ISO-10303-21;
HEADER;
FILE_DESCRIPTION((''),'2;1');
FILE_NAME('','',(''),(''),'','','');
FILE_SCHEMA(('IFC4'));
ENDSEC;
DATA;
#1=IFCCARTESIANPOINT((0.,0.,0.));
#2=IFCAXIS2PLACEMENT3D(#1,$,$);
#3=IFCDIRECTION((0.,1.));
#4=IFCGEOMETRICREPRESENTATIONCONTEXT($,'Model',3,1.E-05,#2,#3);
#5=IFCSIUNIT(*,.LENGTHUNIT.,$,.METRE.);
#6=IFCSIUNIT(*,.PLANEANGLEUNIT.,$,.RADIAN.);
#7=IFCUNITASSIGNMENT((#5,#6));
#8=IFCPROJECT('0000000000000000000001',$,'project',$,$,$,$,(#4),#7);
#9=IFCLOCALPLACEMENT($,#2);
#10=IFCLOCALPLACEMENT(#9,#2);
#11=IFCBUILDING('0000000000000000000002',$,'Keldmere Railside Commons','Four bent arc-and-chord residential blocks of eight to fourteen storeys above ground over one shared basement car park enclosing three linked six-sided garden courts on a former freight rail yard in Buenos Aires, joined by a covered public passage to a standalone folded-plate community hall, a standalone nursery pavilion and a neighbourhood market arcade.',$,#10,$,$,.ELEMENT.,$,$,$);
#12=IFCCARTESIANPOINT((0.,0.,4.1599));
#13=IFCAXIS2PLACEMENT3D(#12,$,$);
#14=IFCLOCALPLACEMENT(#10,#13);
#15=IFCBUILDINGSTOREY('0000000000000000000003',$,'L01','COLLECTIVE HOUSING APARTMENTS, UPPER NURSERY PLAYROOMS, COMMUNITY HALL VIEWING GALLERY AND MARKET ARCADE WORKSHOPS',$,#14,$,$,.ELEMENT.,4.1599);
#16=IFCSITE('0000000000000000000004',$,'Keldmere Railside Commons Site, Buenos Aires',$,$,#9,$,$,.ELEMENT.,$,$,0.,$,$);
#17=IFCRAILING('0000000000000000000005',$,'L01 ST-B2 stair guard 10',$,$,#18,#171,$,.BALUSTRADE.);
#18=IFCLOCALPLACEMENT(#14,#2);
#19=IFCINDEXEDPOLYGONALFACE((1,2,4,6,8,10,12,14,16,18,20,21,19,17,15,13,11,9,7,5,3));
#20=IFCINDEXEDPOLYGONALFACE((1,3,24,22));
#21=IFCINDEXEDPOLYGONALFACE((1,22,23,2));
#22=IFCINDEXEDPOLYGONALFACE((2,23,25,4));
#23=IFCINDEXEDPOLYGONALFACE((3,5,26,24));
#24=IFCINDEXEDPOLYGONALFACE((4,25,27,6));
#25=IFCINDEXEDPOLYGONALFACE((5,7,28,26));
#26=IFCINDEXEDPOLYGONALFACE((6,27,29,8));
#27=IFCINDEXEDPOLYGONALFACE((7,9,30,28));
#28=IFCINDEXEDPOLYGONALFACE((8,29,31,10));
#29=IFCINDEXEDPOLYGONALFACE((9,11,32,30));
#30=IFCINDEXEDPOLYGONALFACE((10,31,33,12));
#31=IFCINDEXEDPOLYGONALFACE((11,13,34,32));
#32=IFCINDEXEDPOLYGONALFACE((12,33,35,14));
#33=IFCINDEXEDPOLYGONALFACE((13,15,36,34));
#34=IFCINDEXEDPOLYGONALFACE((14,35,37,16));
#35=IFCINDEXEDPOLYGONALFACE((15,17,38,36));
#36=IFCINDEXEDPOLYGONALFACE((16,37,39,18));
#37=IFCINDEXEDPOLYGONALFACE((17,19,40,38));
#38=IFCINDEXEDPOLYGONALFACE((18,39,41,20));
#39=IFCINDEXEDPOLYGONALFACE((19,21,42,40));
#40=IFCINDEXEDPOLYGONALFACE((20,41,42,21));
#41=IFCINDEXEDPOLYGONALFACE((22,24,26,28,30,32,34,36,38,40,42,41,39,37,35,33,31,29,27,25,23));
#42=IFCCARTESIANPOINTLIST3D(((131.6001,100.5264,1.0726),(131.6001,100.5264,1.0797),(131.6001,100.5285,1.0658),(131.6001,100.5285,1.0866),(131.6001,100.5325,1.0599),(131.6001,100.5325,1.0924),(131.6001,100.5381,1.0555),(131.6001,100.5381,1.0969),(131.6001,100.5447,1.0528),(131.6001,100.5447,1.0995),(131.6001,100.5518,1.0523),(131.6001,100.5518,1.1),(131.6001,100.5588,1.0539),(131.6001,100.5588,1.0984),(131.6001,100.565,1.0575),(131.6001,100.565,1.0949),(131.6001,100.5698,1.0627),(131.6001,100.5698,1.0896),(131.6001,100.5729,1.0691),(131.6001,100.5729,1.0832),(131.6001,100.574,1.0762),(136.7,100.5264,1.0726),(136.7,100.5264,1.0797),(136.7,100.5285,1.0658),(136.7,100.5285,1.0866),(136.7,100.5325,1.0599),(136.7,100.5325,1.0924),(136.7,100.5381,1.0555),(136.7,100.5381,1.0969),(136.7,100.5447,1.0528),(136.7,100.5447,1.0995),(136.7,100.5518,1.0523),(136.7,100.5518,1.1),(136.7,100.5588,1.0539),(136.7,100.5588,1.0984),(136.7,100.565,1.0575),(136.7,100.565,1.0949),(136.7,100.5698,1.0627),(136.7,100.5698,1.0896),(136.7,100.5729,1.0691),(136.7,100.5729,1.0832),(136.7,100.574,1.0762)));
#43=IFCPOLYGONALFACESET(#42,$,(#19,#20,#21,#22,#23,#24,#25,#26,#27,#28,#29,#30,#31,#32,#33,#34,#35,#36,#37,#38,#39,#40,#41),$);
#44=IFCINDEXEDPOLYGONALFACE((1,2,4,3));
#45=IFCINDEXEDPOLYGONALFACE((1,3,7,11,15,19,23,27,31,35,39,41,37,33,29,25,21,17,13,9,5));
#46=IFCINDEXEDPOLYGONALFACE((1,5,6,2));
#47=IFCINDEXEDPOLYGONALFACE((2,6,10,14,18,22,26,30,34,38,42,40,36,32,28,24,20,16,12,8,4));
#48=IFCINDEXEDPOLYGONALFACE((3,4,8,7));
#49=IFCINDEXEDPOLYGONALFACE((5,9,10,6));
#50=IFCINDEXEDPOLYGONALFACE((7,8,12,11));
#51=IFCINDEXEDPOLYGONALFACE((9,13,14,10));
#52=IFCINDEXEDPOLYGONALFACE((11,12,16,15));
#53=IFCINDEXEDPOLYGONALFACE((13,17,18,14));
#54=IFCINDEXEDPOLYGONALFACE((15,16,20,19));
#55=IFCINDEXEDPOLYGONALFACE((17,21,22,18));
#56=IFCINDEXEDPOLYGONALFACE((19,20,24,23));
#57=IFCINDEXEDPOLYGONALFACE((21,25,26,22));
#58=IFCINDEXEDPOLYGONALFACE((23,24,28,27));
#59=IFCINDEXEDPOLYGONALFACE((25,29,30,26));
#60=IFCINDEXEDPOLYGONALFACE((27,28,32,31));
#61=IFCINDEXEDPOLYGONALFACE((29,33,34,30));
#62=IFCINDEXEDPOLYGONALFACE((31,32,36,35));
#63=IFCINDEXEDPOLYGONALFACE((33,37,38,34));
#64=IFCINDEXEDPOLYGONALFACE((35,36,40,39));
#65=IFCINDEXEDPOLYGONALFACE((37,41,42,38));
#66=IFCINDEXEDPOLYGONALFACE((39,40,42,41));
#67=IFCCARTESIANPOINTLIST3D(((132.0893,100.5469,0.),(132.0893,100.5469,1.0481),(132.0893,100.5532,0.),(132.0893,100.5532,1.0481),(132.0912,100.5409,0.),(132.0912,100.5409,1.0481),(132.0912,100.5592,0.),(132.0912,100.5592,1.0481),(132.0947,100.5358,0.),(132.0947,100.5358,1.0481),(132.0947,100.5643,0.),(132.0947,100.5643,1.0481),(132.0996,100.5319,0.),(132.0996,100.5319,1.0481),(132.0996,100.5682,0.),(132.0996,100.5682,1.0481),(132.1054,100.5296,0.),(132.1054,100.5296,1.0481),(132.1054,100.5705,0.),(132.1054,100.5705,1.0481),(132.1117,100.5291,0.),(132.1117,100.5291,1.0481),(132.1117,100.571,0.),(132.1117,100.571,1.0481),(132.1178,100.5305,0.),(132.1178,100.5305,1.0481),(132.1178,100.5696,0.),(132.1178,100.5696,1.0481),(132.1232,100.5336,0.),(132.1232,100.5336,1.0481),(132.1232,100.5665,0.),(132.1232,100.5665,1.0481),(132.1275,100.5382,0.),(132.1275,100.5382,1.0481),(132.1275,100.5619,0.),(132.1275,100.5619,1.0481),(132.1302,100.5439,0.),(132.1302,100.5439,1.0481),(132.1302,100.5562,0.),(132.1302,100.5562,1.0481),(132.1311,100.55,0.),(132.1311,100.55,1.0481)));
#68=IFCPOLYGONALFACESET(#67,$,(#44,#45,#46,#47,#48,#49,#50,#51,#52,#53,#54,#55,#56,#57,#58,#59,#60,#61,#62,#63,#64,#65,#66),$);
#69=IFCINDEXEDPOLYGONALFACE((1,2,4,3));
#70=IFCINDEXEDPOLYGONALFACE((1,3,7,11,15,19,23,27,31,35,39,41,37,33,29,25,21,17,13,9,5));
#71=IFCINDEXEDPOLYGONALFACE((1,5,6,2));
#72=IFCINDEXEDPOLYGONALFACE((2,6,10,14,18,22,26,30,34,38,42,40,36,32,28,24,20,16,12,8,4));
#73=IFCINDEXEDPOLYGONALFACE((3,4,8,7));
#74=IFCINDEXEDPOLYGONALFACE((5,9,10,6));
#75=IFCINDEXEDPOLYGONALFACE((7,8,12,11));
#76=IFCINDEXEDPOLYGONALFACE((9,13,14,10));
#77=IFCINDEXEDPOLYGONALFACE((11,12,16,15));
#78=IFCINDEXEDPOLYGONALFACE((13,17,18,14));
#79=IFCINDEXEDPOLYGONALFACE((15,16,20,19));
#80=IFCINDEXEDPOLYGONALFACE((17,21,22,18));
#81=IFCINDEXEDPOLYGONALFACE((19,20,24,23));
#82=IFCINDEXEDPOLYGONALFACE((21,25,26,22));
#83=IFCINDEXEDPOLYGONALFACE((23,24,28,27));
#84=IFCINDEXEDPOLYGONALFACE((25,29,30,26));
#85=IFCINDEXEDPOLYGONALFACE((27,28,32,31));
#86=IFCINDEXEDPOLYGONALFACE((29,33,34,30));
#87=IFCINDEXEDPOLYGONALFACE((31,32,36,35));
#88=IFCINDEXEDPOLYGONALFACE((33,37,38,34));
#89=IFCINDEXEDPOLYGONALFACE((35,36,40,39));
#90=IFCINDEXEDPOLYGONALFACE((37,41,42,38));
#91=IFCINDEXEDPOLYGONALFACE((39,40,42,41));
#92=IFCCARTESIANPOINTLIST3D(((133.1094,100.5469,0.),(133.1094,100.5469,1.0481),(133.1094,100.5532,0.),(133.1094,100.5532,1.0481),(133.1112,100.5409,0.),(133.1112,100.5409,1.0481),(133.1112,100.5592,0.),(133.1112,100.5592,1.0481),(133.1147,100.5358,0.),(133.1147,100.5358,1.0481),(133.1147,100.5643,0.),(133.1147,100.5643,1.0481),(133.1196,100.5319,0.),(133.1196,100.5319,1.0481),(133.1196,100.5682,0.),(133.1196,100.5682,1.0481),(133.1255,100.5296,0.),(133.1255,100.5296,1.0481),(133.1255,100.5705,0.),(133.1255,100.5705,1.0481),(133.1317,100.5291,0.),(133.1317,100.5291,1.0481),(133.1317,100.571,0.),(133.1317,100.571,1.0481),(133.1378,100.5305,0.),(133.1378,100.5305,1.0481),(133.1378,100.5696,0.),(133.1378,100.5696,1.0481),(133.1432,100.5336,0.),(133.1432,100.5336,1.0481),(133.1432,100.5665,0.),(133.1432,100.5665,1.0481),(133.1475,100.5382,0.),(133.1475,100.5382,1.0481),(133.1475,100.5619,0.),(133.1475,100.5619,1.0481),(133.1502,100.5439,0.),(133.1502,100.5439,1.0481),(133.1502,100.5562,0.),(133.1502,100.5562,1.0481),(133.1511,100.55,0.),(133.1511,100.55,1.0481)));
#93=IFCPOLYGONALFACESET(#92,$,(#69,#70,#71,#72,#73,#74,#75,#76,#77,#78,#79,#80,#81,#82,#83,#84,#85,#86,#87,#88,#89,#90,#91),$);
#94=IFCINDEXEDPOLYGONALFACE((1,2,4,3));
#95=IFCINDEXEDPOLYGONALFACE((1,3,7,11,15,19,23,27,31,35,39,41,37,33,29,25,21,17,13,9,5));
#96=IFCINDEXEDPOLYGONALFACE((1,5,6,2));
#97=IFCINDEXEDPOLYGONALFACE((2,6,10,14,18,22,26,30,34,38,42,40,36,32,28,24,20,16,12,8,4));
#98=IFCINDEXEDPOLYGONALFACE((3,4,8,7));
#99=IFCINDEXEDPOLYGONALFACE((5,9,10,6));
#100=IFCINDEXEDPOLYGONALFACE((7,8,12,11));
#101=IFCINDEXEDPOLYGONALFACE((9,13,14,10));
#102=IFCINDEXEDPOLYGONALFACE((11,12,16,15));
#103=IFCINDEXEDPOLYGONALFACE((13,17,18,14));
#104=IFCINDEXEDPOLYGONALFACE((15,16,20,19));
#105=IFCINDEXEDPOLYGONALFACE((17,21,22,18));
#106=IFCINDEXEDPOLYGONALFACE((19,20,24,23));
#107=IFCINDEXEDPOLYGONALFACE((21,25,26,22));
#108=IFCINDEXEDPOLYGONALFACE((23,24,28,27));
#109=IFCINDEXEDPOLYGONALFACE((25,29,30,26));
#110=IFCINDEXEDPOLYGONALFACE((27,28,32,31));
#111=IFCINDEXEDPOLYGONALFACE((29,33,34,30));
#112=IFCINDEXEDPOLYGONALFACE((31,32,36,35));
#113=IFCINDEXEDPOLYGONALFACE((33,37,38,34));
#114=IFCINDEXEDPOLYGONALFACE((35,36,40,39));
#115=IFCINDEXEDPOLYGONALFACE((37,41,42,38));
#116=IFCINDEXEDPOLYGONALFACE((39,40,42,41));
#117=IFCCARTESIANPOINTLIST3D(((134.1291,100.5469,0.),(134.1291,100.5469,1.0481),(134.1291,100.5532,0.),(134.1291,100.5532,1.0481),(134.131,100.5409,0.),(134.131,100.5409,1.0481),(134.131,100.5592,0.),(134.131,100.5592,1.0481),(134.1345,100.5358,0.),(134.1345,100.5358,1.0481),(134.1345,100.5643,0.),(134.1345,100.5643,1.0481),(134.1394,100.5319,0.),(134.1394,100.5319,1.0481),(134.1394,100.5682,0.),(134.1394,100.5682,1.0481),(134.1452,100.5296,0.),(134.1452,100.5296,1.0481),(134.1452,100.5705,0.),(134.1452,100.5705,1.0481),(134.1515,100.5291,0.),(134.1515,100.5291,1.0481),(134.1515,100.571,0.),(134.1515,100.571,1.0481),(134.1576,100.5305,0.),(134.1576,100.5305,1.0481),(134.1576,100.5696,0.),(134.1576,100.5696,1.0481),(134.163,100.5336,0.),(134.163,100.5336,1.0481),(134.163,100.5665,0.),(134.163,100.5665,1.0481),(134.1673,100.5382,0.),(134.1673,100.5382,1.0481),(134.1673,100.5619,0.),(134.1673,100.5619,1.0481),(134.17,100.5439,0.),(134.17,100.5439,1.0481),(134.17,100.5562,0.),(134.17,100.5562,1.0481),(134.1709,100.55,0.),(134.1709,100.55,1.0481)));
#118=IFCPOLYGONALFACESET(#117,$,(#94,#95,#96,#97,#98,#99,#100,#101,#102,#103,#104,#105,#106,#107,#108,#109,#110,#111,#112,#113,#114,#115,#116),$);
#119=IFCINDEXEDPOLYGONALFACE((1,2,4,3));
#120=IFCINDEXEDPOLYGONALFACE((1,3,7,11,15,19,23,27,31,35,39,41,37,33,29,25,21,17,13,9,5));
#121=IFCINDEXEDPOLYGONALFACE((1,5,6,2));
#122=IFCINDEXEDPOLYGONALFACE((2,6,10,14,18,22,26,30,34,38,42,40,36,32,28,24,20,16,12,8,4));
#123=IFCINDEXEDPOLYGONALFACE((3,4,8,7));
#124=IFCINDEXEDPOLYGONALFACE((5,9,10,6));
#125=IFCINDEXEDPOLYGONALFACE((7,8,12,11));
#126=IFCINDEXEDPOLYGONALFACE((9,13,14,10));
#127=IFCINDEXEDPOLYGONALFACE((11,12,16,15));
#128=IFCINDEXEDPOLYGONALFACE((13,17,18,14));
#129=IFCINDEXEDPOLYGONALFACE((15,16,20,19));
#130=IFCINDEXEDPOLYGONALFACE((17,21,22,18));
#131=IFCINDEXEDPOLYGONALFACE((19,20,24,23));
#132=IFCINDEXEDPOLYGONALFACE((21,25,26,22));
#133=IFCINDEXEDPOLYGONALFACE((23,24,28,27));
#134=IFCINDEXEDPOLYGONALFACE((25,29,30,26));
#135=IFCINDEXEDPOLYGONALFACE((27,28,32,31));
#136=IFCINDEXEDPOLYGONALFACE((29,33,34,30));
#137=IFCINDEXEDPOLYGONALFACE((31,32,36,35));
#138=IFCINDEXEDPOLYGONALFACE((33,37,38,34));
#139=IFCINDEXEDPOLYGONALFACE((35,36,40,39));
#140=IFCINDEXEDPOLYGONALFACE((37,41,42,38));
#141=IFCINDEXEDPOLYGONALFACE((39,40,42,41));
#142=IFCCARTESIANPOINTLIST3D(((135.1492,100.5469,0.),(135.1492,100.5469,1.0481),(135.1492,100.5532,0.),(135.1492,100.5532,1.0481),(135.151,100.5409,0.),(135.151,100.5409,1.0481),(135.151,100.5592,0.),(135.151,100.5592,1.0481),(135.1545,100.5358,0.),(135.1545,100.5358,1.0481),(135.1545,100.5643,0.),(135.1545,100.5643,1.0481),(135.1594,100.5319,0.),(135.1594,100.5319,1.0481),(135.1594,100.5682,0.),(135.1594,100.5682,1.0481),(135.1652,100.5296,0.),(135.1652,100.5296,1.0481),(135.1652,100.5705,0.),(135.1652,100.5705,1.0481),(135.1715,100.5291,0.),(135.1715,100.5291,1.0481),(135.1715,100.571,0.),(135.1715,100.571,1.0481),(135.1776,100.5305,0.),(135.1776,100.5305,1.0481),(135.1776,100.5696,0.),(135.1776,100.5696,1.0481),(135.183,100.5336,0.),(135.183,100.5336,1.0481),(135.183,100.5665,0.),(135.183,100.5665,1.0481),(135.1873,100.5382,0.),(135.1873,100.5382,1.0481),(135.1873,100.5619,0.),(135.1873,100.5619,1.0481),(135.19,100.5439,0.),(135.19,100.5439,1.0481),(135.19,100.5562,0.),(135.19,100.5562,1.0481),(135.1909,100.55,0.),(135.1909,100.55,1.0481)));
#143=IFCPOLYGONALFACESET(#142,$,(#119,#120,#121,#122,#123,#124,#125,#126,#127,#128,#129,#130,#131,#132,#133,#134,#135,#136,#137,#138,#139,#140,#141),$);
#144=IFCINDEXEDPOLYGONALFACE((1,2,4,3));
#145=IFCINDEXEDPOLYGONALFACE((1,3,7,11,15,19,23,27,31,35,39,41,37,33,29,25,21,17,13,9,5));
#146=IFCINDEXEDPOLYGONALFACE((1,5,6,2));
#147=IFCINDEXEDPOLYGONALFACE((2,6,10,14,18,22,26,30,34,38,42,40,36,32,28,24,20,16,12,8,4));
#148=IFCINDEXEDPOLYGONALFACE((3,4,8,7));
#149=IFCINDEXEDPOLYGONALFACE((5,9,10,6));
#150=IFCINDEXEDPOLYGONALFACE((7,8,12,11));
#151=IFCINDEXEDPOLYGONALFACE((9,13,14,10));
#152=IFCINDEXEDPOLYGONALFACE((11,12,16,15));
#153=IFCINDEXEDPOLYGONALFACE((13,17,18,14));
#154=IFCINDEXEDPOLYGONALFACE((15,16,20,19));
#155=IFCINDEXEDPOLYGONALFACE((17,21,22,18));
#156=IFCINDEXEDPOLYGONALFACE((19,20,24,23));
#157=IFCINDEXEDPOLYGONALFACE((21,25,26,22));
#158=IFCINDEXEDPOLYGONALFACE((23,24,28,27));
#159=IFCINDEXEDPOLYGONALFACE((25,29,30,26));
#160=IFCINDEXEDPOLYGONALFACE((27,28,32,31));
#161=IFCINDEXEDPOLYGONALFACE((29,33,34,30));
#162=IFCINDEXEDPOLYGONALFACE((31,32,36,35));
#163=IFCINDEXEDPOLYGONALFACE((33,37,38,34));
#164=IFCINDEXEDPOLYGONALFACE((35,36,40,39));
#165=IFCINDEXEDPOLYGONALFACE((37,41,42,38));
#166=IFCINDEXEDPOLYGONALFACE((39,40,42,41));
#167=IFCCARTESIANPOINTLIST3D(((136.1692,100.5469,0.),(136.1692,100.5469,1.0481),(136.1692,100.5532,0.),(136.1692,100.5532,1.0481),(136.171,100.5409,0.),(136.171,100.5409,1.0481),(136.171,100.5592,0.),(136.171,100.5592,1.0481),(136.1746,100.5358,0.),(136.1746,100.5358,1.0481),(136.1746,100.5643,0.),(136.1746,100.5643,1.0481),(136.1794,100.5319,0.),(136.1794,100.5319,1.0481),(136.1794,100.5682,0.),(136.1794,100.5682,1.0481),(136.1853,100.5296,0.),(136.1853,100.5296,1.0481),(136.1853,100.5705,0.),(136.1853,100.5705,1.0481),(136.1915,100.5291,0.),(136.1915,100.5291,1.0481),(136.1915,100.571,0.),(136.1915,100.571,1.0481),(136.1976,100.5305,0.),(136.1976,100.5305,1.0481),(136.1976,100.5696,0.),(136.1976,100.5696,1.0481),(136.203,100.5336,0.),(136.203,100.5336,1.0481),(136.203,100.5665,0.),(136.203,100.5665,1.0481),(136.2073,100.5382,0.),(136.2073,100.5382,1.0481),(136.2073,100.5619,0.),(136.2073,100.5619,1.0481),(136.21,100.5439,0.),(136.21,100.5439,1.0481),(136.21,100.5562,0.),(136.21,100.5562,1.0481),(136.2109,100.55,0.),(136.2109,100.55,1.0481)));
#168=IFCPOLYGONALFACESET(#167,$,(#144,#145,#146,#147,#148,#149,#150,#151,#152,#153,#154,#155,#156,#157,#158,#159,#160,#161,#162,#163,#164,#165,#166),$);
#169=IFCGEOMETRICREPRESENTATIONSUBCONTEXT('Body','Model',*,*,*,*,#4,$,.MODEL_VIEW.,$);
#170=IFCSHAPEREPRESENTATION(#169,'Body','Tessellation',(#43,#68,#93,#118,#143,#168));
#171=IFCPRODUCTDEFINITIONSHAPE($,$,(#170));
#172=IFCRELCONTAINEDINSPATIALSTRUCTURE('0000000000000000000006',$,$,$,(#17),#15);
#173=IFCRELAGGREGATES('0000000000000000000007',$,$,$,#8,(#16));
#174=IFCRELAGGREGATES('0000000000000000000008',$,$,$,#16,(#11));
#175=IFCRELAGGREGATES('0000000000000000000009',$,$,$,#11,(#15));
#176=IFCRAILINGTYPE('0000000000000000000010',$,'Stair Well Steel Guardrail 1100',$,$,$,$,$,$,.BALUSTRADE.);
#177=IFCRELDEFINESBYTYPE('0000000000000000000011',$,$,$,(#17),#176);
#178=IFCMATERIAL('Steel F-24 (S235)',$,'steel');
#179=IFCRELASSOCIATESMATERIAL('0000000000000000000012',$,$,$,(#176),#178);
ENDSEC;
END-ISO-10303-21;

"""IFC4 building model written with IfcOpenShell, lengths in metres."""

from ifc_helpers import new_model, si_unit, direction, frame, origin, origin_2d, place, context, subcontext, project, spatial, circle, extrude, material, type_object, element, save


model = new_model("IFC4")

# Units and contexts
model_context = context("Model", 3, precision=1e-05, world=origin(), true_north=direction((0.0, 1.0)))
body_context = subcontext(model_context, "Body", "Model", "MODEL_VIEW")
ifc_project = project(units=[si_unit("LENGTHUNIT", "METRE"), si_unit("PLANEANGLEUNIT", "RADIAN")], contexts=[model_context])

# Site, building, storey
site_placement = place(None, origin())
site = spatial("IfcSite", under=ifc_project, at=site_placement, Name="Keldmere Railside Commons Site, Buenos Aires", CompositionType="ELEMENT", RefElevation=0.0)
building_placement = place(site_placement, origin())
building = spatial("IfcBuilding", under=site, at=building_placement, Name="Keldmere Railside Commons", Description="Four bent arc-and-chord residential blocks of eight to fourteen storeys above ground over one shared basement car park enclosing three linked six-sided garden courts on a former freight rail yard in Buenos Aires, joined by a covered public passage to a standalone folded-plate community hall, a standalone nursery pavilion and a neighbourhood market arcade.", CompositionType="ELEMENT")
storey_placement = place(building_placement, frame((0.0, 0.0, 4.1599)))
storey = spatial("IfcBuildingStorey", under=building, at=storey_placement, Name="L01", Description="COLLECTIVE HOUSING APARTMENTS, UPPER NURSERY PLAYROOMS, COMMUNITY HALL VIEWING GALLERY AND MARKET ARCADE WORKSHOPS", CompositionType="ELEMENT", Elevation=4.1599)

# Shared definitions
ifc_material_1 = material(Name="Steel F-24 (S235)", Category="steel")

# Railing
railing_type_1 = type_object("IfcRailingType", Name="Stair Well Steel Guardrail 1100", PredefinedType="BALUSTRADE", material=ifc_material_1)
for number, where, name in (
    (1, (131.6001, 100.55, 0.0), "L01 ST-B2 stair guard 10"),
):
    element("IfcRailing", number, at=place(storey_placement, frame(where)), inside=storey, type_object=railing_type_1, Name=name, PredefinedType="BALUSTRADE", context=body_context, shape_type="SweptSolid", body=[
        extrude(circle(Radius=0.0239, at=origin_2d()), frame((0.0, 0.0, 1.0762), z_axis=(1.0, 0.0, 0.0), x_axis=(0.0, 1.0, 0.0)), (0.0, 0.0, 1.0), 5.0999),
        extrude(circle(Radius=0.021, at=origin_2d()), frame((0.51, 0.0, 0.0)), (0.0, 0.0, 1.0), 1.0481),
        extrude(circle(Radius=0.021, at=origin_2d()), frame((1.53, 0.0, 0.0)), (0.0, 0.0, 1.0), 1.0481),
        extrude(circle(Radius=0.021, at=origin_2d()), frame((2.5498, 0.0, 0.0)), (0.0, 0.0, 1.0), 1.0481),
        extrude(circle(Radius=0.021, at=origin_2d()), frame((3.5698, 0.0, 0.0)), (0.0, 0.0, 1.0), 1.0481),
        extrude(circle(Radius=0.021, at=origin_2d()), frame((4.5898, 0.0, 0.0)), (0.0, 0.0, 1.0), 1.0481),
    ])

save(model, "model.ifc")
